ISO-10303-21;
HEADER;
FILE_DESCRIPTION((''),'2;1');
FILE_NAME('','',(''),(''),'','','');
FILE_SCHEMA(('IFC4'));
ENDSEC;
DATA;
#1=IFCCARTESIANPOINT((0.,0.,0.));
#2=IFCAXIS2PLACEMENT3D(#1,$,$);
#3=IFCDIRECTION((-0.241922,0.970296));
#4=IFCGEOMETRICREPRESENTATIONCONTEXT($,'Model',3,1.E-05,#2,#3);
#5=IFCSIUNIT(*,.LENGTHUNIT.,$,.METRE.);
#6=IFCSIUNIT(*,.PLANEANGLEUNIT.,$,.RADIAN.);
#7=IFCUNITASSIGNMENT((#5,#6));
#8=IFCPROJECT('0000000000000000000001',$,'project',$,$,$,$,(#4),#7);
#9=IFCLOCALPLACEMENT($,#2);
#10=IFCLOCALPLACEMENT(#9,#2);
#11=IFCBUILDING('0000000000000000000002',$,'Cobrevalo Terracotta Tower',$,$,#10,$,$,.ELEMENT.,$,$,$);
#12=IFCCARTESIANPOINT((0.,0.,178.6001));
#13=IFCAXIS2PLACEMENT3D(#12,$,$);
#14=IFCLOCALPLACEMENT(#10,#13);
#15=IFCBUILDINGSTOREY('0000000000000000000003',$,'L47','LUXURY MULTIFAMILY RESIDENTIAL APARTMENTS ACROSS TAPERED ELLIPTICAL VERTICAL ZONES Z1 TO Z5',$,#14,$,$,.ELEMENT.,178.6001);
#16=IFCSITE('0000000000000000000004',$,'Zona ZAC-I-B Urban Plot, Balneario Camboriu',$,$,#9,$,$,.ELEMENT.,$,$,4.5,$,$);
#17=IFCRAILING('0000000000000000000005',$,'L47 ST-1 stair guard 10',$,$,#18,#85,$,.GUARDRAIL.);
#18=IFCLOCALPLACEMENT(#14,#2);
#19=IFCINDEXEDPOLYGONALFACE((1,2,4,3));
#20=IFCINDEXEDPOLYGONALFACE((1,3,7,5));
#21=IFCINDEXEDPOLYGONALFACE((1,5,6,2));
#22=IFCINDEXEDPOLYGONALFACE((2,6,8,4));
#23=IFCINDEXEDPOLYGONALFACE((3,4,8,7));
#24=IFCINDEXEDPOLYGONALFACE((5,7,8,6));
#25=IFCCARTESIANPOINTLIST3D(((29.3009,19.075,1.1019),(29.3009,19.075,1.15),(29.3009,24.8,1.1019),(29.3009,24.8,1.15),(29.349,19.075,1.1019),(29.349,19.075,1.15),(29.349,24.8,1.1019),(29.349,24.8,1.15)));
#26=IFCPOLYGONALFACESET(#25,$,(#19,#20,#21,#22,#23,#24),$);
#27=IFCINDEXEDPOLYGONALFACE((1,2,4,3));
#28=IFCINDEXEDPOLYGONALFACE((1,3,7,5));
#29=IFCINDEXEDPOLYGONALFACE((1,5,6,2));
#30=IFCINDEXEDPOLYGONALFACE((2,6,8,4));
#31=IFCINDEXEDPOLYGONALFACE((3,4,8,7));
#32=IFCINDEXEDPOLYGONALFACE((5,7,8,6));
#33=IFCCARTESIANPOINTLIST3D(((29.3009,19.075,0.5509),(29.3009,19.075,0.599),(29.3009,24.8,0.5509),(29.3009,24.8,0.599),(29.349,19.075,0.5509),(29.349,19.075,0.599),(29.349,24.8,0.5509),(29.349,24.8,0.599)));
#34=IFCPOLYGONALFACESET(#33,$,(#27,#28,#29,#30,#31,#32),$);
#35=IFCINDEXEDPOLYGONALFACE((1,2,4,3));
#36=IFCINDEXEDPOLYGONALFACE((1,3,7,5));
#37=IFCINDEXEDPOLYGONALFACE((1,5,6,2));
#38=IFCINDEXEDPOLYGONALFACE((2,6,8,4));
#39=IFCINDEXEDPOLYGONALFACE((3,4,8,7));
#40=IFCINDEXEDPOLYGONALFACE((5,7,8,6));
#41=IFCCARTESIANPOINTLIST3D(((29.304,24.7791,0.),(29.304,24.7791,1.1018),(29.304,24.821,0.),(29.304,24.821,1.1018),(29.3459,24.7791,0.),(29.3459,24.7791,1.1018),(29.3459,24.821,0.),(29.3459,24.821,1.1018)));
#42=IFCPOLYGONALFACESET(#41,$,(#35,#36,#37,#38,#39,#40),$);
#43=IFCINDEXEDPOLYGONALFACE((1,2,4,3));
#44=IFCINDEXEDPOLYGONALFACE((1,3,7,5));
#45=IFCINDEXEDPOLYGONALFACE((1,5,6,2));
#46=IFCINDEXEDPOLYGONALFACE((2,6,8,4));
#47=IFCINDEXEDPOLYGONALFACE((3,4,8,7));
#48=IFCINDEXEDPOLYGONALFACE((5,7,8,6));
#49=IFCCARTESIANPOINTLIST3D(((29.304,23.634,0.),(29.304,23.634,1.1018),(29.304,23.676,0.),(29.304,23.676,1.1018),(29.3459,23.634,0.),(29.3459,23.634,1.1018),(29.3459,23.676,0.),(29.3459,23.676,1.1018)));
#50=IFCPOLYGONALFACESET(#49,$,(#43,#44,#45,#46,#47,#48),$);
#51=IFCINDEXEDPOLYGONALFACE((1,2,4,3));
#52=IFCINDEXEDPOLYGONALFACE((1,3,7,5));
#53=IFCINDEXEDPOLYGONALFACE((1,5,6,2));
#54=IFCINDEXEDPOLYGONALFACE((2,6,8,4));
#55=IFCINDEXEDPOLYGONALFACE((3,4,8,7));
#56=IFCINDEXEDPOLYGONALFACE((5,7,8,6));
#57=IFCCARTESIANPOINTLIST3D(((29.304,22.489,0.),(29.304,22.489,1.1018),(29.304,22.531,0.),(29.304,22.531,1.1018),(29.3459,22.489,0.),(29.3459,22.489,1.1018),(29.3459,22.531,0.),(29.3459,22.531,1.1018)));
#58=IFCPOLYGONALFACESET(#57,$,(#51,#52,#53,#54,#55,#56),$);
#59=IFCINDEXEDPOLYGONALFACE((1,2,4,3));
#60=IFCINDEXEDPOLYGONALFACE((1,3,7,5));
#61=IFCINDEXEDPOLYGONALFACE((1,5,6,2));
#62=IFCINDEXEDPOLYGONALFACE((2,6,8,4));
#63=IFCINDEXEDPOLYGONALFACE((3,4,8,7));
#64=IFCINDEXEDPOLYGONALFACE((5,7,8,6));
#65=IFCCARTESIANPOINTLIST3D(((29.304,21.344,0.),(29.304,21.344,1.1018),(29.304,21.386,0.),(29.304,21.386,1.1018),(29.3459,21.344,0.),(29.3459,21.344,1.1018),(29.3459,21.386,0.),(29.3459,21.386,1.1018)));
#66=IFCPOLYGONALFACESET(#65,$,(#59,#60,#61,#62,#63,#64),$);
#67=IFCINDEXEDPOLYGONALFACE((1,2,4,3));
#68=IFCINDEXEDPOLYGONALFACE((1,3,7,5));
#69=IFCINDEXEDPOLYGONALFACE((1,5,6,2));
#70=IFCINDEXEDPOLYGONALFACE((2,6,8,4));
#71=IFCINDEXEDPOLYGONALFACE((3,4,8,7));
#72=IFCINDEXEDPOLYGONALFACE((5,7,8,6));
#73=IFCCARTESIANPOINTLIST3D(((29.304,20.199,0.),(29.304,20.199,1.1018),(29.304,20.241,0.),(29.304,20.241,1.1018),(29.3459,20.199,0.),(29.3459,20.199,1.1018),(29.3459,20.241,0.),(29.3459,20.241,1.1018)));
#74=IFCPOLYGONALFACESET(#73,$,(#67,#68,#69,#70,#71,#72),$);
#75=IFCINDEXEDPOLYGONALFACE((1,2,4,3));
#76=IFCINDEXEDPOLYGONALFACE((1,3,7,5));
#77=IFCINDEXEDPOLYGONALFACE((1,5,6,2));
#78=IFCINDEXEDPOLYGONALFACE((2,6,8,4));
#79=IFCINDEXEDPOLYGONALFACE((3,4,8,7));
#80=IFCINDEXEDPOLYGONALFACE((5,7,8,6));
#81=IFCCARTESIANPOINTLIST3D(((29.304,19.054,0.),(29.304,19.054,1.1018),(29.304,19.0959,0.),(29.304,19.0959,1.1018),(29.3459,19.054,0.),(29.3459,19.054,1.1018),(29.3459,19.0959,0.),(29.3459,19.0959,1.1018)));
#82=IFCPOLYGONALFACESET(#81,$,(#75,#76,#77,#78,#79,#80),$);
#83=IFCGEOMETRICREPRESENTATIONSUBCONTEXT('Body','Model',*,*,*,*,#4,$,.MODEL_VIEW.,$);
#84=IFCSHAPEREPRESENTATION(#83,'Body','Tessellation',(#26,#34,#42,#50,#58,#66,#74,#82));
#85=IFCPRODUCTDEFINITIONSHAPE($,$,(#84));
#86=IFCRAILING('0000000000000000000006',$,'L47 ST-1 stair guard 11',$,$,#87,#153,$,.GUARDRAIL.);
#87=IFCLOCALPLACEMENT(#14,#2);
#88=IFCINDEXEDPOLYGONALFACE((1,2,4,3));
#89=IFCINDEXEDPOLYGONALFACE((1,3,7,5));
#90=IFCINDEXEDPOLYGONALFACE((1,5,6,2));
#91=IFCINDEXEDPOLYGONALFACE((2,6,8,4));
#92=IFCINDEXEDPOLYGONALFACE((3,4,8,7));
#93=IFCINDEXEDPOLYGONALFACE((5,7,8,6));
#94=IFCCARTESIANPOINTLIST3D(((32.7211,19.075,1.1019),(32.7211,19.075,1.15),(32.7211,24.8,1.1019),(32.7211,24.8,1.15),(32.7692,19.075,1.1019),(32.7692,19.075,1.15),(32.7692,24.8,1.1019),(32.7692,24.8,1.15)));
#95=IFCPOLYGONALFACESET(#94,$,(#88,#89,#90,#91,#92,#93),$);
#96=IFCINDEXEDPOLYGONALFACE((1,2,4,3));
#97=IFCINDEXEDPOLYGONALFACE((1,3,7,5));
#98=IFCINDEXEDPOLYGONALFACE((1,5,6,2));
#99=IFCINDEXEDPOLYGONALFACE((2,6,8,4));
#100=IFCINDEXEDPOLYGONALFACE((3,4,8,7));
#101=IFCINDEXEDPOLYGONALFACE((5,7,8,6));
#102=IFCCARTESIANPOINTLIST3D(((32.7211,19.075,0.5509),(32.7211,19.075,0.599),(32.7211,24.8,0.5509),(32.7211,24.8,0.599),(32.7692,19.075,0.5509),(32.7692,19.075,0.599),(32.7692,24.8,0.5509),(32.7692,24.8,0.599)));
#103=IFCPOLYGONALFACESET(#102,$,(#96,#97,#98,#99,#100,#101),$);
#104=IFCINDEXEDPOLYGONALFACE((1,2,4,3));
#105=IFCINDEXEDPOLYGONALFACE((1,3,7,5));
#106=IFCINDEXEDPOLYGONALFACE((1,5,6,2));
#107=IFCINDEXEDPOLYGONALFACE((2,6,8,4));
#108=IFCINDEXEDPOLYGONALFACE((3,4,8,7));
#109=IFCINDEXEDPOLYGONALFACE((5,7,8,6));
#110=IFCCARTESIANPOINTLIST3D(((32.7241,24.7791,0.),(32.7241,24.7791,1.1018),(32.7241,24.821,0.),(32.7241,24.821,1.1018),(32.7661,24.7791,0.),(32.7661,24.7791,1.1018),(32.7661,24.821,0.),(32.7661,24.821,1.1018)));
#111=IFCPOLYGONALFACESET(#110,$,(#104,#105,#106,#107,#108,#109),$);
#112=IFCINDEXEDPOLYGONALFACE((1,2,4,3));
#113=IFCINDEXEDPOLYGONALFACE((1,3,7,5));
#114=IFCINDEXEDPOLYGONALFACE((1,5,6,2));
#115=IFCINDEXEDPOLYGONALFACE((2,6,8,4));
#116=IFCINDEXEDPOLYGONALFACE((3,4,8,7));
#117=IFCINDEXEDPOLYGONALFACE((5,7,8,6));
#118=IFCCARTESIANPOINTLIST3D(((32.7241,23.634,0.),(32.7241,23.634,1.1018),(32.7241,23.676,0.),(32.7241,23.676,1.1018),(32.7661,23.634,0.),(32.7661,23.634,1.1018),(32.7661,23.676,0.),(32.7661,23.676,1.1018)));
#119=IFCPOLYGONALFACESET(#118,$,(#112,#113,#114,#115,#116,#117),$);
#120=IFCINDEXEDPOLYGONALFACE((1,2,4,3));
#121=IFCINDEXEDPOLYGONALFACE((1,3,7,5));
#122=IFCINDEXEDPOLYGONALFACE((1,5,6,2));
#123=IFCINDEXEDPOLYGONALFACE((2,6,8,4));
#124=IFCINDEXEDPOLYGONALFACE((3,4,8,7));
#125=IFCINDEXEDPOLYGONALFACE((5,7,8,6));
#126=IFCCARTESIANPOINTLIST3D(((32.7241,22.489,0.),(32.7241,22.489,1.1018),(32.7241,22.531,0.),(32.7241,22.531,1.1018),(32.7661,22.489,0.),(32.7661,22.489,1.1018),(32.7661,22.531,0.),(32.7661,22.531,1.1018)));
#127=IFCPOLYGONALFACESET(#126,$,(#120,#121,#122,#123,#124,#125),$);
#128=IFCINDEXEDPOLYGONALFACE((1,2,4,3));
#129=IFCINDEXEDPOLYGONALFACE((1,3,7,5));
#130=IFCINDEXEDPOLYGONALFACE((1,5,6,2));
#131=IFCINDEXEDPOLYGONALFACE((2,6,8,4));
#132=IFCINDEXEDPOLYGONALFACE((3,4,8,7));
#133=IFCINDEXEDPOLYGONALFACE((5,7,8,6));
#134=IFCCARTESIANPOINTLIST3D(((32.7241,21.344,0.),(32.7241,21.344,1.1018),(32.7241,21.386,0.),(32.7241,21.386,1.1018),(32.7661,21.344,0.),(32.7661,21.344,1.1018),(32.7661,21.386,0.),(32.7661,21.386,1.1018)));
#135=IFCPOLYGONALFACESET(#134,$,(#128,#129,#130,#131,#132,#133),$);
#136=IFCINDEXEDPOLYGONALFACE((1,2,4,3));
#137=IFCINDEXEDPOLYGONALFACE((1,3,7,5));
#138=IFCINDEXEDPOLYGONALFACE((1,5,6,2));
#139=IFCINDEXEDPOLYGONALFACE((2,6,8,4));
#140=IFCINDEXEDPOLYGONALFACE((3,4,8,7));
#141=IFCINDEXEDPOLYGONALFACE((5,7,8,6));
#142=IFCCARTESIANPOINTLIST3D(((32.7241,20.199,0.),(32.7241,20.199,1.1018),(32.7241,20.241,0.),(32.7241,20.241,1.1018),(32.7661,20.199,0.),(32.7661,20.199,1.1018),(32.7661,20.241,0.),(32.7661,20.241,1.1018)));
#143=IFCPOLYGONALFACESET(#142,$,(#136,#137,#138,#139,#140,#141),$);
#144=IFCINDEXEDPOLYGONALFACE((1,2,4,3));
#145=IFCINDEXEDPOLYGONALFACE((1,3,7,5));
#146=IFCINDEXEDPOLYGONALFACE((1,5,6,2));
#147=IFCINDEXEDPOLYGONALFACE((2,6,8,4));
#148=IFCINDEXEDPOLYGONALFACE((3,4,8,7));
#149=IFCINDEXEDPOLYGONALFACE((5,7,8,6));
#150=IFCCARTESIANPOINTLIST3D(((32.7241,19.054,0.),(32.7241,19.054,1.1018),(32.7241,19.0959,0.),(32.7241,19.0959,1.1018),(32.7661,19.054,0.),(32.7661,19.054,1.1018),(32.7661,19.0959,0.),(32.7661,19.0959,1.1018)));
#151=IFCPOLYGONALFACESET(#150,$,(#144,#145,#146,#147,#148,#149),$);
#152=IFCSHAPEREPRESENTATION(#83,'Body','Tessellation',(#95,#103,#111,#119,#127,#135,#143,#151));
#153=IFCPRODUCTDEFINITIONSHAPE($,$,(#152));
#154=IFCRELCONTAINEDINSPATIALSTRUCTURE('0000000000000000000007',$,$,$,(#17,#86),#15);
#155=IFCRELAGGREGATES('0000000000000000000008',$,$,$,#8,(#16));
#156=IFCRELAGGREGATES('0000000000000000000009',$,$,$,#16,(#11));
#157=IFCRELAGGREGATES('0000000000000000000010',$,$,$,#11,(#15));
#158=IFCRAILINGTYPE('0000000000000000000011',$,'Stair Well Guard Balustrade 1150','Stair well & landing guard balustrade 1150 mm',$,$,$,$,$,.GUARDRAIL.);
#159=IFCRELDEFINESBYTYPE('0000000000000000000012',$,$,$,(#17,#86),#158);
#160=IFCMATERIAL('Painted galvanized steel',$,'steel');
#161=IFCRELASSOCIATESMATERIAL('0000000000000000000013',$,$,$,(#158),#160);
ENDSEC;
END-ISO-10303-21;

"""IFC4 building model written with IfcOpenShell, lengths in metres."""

from ifc_helpers import new_model, si_unit, direction, frame, origin, origin_2d, place, context, subcontext, project, spatial, rectangle, extrude, material, type_object, element, save


model = new_model("IFC4")

# Units and contexts
model_context = context("Model", 3, precision=1e-05, world=origin(), true_north=direction((-0.241922, 0.970296)))
body_context = subcontext(model_context, "Body", "Model", "MODEL_VIEW")
ifc_project = project(units=[si_unit("LENGTHUNIT", "METRE"), si_unit("PLANEANGLEUNIT", "RADIAN")], contexts=[model_context])

# Site, building, storey
site_placement = place(None, origin())
site = spatial("IfcSite", under=ifc_project, at=site_placement, Name="Zona ZAC-I-B Urban Plot, Balneario Camboriu", CompositionType="ELEMENT", RefElevation=4.5)
building_placement = place(site_placement, origin())
building = spatial("IfcBuilding", under=site, at=building_placement, Name="Cobrevalo Terracotta Tower", CompositionType="ELEMENT")
storey_placement = place(building_placement, frame((0.0, 0.0, 178.6001)))
storey = spatial("IfcBuildingStorey", under=building, at=storey_placement, Name="L47", Description="LUXURY MULTIFAMILY RESIDENTIAL APARTMENTS ACROSS TAPERED ELLIPTICAL VERTICAL ZONES Z1 TO Z5", CompositionType="ELEMENT", Elevation=178.6001)

# Railings
ifc_material_1 = material(Name="Painted galvanized steel", Category="steel")
railing_type_1 = type_object("IfcRailingType", Name="Stair Well Guard Balustrade 1150", Description="Stair well & landing guard balustrade 1150 mm", PredefinedType="GUARDRAIL", material=ifc_material_1)
for number, where, name in (
    (1, (29.325, 24.8, 0.0), "L47 ST-1 stair guard 10"),
    (2, (32.7451, 24.8, 0.0), "L47 ST-1 stair guard 11"),
):
    element("IfcRailing", number, at=place(storey_placement, frame(where)), inside=storey, type_object=railing_type_1, Name=name, PredefinedType="GUARDRAIL", context=body_context, shape_type="SweptSolid", body=[
        extrude(rectangle(XDim=0.0481, YDim=0.0481, at=origin_2d()), frame((0.0, 0.0, 1.126), z_axis=(0.0, -1.0, 0.0), x_axis=(1.0, 0.0, 0.0)), (0.0, 0.0, 1.0), 5.7251),
        extrude(rectangle(XDim=0.0481, YDim=0.0481, at=origin_2d()), frame((0.0, 0.0, 0.575), z_axis=(0.0, -1.0, 0.0), x_axis=(1.0, 0.0, 0.0)), (0.0, 0.0, 1.0), 5.7251),
        extrude(rectangle(XDim=0.042, YDim=0.042, at=origin_2d()), origin(), (0.0, 0.0, 1.0), 1.1018),
        extrude(rectangle(XDim=0.042, YDim=0.042, at=origin_2d()), frame((0.0, -1.145, 0.0)), (0.0, 0.0, 1.0), 1.1018),
        extrude(rectangle(XDim=0.042, YDim=0.042, at=origin_2d()), frame((0.0, -2.29, 0.0)), (0.0, 0.0, 1.0), 1.1018),
        extrude(rectangle(XDim=0.042, YDim=0.042, at=origin_2d()), frame((0.0, -3.4351, 0.0)), (0.0, 0.0, 1.0), 1.1018),
        extrude(rectangle(XDim=0.042, YDim=0.042, at=origin_2d()), frame((0.0, -4.5801, 0.0)), (0.0, 0.0, 1.0), 1.1018),
        extrude(rectangle(XDim=0.042, YDim=0.042, at=origin_2d()), frame((0.0, -5.7251, 0.0)), (0.0, 0.0, 1.0), 1.1018),
    ])

save(model, "model.ifc")
